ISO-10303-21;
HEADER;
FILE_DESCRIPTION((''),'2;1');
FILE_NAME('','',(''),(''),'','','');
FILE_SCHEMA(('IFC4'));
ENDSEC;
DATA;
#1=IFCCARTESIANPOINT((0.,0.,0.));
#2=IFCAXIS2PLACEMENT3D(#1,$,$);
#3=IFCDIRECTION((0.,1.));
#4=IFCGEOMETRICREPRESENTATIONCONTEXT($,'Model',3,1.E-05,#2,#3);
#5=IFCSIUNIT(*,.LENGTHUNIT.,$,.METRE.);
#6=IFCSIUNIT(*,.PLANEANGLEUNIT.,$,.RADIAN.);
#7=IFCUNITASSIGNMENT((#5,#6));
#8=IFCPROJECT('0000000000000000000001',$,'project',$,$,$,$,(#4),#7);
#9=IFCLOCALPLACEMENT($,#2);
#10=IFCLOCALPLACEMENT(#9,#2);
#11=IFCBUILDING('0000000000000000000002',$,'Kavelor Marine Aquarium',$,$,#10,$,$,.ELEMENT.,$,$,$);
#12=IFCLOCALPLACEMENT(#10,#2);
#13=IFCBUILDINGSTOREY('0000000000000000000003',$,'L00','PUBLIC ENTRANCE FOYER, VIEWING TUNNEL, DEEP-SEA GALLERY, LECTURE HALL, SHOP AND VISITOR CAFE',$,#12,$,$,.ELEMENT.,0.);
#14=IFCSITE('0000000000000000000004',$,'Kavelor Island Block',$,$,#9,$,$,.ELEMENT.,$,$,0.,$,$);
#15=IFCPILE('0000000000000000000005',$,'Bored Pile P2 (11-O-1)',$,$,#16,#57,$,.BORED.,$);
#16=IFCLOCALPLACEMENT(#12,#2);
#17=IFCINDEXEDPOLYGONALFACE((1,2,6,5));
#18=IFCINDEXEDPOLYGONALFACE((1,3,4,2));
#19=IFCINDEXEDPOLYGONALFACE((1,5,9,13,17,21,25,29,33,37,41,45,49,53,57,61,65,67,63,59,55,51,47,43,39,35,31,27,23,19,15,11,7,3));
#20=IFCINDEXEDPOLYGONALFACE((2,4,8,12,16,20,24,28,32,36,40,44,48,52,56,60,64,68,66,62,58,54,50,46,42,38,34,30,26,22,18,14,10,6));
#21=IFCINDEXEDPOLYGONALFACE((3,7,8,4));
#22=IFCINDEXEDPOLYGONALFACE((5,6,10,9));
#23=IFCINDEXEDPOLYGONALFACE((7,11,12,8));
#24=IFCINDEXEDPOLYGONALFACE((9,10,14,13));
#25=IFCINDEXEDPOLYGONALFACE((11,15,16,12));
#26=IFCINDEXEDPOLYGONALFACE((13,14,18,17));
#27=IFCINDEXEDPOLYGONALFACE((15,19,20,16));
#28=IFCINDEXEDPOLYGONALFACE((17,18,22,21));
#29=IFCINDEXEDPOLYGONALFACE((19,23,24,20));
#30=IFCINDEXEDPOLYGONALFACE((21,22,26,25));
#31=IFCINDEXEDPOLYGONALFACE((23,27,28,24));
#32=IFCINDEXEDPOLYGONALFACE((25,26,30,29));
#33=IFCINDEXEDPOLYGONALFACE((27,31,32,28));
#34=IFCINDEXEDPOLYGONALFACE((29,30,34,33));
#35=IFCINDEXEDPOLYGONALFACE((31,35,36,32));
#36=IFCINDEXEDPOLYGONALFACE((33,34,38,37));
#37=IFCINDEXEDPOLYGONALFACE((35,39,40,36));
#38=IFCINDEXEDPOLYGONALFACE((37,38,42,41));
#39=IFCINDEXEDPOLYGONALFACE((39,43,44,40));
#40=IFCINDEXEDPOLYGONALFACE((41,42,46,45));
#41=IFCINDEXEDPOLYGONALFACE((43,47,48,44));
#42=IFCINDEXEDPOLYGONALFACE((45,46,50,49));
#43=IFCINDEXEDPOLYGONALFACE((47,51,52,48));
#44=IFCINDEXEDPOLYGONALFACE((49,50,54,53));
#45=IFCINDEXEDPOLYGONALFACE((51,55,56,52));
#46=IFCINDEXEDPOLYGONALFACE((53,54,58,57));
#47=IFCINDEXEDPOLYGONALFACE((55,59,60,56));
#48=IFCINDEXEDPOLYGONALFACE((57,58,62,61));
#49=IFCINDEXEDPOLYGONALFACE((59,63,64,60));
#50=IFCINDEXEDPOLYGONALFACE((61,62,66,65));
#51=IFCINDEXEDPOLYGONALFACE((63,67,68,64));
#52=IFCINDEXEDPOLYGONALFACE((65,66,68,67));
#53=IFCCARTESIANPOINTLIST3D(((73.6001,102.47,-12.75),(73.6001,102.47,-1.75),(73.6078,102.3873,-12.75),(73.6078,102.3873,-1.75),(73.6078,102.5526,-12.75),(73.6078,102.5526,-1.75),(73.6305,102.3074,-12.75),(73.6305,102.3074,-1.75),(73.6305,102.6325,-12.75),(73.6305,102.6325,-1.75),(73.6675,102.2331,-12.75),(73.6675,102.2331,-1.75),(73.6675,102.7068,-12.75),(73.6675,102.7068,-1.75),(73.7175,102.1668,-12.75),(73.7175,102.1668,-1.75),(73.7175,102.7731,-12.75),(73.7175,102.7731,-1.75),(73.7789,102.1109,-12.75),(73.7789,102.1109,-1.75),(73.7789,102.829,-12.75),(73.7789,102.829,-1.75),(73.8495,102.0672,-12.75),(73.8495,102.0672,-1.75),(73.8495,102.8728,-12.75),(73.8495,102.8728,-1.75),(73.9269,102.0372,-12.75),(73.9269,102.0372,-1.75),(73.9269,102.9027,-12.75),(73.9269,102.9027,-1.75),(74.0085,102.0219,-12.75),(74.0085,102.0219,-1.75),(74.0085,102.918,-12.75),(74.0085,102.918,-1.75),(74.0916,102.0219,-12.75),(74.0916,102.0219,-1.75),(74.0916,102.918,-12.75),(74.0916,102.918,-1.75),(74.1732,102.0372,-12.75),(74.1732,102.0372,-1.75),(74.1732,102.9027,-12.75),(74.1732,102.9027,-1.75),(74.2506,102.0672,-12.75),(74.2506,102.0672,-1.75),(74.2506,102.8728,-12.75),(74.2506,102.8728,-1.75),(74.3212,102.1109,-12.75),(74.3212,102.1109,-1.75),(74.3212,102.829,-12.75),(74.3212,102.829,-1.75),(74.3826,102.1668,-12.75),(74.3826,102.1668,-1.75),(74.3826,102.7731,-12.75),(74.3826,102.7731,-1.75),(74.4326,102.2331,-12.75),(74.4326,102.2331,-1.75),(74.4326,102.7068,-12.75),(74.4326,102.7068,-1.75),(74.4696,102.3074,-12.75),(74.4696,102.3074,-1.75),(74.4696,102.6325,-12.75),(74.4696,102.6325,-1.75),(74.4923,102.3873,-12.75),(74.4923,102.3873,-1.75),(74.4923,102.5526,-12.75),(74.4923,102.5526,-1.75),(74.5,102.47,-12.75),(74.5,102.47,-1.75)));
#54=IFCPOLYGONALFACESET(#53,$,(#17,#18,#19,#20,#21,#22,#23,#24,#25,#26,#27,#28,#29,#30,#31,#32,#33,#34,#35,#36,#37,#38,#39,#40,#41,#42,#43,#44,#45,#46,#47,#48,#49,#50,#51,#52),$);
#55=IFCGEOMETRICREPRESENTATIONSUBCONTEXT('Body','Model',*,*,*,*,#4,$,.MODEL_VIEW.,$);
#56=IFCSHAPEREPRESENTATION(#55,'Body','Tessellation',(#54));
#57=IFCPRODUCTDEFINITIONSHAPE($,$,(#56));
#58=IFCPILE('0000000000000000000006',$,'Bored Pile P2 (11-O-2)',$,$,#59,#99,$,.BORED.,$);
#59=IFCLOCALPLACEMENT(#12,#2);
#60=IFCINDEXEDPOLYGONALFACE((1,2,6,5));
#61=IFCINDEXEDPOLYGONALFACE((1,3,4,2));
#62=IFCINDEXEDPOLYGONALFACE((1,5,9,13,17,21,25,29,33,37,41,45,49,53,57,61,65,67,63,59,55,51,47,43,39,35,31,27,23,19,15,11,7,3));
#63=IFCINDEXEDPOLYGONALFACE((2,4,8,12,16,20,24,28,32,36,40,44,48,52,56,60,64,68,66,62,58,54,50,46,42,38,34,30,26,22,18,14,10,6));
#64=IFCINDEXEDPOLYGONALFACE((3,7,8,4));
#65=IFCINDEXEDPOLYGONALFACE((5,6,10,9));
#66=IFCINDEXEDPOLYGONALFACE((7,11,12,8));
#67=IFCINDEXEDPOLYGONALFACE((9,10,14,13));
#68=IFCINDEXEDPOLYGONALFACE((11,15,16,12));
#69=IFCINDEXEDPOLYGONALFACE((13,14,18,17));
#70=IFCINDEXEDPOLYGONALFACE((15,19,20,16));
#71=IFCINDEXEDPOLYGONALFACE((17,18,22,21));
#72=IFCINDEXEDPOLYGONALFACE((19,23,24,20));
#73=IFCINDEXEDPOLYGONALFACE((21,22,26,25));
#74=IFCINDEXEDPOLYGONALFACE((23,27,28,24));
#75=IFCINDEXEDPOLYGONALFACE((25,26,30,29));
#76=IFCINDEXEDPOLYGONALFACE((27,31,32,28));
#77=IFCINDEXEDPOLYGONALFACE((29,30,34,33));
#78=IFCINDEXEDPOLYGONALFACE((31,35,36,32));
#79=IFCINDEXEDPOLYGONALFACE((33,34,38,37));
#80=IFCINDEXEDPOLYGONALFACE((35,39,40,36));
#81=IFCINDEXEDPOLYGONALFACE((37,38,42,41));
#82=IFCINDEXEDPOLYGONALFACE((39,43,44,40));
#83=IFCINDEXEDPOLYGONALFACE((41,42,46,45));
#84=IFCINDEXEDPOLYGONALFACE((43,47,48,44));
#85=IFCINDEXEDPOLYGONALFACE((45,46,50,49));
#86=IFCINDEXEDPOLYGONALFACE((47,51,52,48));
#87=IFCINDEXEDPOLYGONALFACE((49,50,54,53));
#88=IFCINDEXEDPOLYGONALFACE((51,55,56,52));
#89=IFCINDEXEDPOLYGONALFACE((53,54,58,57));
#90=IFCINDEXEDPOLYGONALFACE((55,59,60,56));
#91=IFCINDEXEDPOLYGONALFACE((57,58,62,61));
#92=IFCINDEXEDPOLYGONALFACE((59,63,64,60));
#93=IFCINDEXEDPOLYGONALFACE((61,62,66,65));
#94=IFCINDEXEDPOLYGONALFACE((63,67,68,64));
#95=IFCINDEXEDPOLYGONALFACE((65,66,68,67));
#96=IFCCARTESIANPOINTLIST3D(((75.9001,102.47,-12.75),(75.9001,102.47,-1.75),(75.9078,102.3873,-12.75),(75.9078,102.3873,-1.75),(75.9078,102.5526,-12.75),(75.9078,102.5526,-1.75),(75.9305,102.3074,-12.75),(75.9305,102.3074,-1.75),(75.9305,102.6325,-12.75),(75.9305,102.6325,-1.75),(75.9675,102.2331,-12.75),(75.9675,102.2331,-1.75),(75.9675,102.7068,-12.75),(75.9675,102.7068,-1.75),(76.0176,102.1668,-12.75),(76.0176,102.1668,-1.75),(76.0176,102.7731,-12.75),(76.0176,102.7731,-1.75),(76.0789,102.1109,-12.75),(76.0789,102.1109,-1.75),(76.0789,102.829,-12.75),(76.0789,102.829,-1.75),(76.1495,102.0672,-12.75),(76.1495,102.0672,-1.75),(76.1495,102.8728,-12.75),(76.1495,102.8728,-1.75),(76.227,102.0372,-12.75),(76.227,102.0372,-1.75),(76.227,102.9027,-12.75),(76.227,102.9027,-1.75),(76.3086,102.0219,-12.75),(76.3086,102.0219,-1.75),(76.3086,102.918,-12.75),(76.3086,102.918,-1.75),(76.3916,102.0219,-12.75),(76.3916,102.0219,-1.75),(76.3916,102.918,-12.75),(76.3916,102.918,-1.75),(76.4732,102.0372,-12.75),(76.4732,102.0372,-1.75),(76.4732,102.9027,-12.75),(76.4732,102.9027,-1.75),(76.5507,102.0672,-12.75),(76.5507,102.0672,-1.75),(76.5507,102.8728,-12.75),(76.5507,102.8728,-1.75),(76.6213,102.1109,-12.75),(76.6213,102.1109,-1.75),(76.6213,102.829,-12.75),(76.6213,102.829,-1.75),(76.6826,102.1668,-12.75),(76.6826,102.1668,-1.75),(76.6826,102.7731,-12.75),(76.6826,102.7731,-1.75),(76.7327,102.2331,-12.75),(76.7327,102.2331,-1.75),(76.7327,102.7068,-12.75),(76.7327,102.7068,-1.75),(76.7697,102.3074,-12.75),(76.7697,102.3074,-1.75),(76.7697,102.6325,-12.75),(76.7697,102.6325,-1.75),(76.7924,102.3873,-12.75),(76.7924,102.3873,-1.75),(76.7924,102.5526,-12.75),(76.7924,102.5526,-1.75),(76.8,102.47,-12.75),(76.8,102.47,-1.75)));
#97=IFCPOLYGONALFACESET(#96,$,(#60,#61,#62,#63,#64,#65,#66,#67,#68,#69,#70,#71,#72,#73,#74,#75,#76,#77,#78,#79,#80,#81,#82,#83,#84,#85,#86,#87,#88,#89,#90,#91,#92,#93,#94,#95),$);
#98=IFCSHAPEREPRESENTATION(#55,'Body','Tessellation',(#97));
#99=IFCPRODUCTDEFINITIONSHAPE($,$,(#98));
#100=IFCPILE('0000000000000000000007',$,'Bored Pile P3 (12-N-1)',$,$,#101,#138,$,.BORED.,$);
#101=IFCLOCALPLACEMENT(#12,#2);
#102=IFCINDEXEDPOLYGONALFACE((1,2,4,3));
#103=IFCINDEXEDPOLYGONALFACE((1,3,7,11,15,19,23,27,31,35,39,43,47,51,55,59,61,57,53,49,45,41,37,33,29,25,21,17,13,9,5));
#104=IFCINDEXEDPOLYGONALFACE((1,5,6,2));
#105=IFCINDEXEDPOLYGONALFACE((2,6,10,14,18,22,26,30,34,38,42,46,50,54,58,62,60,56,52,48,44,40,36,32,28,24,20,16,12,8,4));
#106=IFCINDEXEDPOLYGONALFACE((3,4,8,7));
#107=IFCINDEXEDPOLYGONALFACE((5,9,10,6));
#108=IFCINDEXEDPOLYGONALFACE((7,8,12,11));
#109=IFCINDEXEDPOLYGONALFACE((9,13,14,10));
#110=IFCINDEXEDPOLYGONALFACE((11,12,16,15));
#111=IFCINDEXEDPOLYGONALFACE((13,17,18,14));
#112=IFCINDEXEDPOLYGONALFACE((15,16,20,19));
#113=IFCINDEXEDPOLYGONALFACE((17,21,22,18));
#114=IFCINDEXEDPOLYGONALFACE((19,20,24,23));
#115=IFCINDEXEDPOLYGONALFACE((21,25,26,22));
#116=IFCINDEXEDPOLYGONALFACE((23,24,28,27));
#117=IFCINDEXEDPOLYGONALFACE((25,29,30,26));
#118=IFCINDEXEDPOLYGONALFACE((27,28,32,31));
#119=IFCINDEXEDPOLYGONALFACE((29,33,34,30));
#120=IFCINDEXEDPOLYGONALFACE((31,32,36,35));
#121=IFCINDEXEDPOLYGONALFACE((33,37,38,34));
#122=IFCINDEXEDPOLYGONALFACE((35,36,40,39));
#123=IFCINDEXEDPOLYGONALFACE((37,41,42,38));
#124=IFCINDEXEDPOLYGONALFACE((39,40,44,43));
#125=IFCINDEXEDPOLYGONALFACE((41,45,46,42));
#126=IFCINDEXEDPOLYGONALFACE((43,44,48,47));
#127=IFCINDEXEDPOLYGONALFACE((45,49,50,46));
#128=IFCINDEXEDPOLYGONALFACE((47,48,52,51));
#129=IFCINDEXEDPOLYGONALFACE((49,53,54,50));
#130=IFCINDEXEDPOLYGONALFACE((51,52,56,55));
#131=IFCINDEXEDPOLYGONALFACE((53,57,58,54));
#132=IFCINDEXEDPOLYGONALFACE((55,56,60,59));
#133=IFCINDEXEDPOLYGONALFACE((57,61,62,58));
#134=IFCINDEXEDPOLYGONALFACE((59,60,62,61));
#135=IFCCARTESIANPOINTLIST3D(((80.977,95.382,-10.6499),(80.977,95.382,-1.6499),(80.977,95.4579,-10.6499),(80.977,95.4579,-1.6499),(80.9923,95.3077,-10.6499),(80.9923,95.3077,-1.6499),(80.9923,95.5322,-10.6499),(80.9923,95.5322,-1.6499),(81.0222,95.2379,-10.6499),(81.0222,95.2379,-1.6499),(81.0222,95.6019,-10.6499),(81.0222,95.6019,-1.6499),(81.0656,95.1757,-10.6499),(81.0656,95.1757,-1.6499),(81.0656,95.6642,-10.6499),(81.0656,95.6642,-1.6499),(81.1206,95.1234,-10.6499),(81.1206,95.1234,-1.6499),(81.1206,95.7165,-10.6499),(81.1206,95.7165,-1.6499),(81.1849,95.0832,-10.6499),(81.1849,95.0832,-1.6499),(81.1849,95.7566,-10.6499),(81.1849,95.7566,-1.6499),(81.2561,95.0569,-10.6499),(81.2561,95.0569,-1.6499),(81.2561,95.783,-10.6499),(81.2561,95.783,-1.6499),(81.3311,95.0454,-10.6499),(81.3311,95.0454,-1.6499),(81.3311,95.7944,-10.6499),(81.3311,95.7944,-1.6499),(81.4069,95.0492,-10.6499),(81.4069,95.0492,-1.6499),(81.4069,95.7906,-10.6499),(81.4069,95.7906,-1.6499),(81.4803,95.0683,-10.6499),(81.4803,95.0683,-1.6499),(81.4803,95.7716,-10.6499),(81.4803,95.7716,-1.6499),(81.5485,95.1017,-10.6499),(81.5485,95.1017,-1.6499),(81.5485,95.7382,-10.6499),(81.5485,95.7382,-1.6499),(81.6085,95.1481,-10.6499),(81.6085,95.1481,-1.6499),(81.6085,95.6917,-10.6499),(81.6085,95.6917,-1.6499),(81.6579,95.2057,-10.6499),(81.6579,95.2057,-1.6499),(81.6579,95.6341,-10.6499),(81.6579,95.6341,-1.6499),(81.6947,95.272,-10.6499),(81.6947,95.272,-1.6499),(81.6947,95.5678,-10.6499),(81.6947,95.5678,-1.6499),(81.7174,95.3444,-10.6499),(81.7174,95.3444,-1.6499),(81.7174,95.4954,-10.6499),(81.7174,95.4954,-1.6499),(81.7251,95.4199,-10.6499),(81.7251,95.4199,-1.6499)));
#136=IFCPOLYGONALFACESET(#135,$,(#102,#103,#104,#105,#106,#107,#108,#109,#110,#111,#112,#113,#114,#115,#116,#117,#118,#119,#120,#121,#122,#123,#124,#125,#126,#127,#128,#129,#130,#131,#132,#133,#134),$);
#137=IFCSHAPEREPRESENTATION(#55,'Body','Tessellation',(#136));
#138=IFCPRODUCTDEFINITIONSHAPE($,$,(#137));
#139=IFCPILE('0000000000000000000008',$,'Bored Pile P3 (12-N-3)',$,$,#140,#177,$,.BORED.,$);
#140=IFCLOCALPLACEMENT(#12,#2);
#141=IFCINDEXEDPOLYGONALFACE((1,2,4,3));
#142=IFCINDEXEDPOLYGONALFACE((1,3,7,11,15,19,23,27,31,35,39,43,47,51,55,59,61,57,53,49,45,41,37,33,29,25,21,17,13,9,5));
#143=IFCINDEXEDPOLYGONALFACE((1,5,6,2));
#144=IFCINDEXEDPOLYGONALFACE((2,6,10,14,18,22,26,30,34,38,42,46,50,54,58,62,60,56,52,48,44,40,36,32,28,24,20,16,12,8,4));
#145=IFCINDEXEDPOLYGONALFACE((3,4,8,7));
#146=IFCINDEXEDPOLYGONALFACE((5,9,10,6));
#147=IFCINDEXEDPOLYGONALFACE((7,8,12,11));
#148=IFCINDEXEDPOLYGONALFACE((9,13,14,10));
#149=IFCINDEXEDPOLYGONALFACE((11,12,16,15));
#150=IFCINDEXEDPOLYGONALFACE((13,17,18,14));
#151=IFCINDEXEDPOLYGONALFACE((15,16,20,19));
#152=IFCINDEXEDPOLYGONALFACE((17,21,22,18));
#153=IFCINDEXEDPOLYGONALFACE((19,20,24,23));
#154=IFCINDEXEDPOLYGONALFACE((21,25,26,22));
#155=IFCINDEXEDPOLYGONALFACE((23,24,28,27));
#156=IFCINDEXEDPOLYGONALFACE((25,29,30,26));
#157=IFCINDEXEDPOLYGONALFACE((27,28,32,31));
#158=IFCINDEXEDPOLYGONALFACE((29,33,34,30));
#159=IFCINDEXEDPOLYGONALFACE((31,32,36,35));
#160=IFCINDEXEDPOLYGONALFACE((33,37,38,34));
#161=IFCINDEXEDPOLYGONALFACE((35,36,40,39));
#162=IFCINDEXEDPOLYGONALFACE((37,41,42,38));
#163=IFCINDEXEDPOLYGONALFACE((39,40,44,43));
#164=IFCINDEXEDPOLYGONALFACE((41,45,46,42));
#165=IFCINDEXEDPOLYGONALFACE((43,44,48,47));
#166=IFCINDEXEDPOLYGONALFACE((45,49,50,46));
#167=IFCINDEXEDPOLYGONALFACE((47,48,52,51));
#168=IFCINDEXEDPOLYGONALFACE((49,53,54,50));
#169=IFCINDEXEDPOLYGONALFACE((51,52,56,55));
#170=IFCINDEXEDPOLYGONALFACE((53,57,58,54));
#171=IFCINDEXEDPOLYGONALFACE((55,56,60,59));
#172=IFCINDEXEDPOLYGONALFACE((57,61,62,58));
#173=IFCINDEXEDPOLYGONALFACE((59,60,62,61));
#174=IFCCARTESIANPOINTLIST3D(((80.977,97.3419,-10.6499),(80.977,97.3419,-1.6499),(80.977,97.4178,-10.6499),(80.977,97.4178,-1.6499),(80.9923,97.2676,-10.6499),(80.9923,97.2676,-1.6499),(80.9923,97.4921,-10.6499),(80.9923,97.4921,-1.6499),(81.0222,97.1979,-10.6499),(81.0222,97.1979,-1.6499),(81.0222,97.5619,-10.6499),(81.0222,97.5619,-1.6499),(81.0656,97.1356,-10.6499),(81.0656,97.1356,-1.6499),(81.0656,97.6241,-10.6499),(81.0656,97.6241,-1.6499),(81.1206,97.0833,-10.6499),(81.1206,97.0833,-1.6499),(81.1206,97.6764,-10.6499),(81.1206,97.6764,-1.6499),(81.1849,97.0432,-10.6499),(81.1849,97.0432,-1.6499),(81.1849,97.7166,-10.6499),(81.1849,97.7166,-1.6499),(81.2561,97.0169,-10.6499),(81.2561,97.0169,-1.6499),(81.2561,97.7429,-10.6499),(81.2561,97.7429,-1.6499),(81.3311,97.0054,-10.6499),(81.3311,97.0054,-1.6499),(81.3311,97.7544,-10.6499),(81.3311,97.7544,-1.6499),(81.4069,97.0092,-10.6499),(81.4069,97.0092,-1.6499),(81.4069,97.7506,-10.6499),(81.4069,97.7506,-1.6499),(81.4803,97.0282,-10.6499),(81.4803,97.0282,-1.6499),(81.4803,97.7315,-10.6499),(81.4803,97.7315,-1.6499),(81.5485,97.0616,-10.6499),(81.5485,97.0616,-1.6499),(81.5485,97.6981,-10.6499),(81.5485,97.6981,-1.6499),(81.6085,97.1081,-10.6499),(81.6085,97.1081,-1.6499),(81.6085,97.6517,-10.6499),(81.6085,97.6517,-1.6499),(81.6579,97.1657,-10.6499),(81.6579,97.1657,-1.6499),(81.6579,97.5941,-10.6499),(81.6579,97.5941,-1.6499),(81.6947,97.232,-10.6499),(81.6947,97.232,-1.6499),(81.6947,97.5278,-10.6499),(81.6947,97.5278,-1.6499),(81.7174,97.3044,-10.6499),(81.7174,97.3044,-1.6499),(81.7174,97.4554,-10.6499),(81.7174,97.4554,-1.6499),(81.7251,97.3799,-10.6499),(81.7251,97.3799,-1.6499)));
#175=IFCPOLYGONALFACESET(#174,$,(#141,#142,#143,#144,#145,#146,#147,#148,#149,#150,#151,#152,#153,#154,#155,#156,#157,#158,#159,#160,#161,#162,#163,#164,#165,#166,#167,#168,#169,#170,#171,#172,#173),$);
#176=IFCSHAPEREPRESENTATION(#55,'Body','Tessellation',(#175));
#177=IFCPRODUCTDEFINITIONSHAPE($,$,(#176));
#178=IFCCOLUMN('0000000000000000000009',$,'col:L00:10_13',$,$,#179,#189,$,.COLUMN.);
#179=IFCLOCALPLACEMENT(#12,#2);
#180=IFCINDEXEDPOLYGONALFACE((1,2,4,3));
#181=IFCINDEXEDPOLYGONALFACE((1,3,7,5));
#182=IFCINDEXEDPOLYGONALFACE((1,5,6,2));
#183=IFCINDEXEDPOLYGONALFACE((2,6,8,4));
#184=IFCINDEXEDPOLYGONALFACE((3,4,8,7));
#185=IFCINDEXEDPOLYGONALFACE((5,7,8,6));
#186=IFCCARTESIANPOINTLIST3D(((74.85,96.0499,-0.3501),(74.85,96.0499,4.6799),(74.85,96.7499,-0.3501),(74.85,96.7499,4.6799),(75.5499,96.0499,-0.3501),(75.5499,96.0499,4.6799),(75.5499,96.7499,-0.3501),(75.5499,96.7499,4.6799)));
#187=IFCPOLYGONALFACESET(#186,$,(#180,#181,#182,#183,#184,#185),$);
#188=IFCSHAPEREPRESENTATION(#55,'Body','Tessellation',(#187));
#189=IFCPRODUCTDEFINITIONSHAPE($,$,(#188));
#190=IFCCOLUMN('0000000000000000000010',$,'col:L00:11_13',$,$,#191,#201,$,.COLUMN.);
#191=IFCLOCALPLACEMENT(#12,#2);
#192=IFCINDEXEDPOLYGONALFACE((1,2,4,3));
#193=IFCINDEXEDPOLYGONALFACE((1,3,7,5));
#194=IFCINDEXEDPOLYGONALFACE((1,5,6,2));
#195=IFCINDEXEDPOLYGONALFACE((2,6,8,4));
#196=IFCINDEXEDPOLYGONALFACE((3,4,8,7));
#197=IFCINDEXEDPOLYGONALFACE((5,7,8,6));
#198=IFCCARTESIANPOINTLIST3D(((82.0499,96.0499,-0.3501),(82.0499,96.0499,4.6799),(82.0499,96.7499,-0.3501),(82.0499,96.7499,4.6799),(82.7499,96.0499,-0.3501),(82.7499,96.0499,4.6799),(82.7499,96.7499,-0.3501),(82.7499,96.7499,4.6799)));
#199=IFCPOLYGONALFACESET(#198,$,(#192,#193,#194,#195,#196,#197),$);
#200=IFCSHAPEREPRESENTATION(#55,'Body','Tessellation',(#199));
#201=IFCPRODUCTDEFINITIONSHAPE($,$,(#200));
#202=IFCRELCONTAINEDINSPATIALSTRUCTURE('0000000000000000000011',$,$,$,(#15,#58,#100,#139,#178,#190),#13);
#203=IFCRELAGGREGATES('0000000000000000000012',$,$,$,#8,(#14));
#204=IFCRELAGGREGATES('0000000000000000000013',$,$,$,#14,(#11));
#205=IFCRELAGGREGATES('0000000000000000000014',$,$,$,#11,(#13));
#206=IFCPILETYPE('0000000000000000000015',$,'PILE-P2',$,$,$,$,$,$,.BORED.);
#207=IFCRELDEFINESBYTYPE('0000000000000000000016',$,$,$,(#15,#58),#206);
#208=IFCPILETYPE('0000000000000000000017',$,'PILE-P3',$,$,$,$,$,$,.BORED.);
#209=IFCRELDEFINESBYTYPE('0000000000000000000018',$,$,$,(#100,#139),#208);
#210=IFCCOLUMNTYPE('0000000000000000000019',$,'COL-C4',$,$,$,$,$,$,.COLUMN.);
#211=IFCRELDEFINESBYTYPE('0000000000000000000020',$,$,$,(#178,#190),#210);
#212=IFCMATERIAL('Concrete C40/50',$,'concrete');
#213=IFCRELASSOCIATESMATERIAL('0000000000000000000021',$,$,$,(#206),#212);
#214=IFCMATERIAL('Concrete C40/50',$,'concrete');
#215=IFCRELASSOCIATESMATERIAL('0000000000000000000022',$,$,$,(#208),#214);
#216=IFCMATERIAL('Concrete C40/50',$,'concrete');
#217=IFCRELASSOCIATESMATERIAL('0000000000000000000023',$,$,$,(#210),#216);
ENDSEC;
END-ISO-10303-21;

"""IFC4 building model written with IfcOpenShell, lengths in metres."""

from ifc_helpers import new_model, si_unit, direction, frame, origin, origin_2d, place, context, subcontext, project, spatial, rectangle, circle, extrude, material, material_profile, profile_set, type_object, element, save


model = new_model("IFC4")

# Units and contexts
model_context = context("Model", 3, precision=1e-05, world=origin(), true_north=direction((0.0, 1.0)))
body_context = subcontext(model_context, "Body", "Model", "MODEL_VIEW")
ifc_project = project(units=[si_unit("LENGTHUNIT", "METRE"), si_unit("PLANEANGLEUNIT", "RADIAN")], contexts=[model_context])

# Site, building, storey
site_placement = place(None, origin())
site = spatial("IfcSite", under=ifc_project, at=site_placement, Name="Kavelor Island Block", CompositionType="ELEMENT", RefElevation=0.0)
building_placement = place(site_placement, origin())
building = spatial("IfcBuilding", under=site, at=building_placement, Name="Kavelor Marine Aquarium", CompositionType="ELEMENT")
storey_placement = place(building_placement, origin())
storey = spatial("IfcBuildingStorey", under=building, at=storey_placement, Name="L00", Description="PUBLIC ENTRANCE FOYER, VIEWING TUNNEL, DEEP-SEA GALLERY, LECTURE HALL, SHOP AND VISITOR CAFE", CompositionType="ELEMENT", Elevation=0.0)

# Piles
ifc_material_1 = material(Name="Concrete C40/50", Category="concrete")
ifc_material_profile_1 = material_profile(ifc_material_1, circle(Radius=0.45, at=origin_2d()), Name="PILE D900")
ifc_profile_set_1 = profile_set([ifc_material_profile_1], Name="Concrete C40/50")
pile_type_1 = type_object("IfcPileType", Name="PILE-P2", PredefinedType="BORED", material=ifc_profile_set_1)
for number, where, z_axis, x_axis, name in (
    (1, (74.05, 102.47, -1.75), (0.0, 0.0, -1.0), (1.0, 0.0, 0.0), "Bored Pile P2 (11-O-1)"),
    (2, (76.3501, 102.47, -1.75), (0.0, 0.0, -1.0), (1.0, 0.0, 0.0), "Bored Pile P2 (11-O-2)"),
):
    element("IfcPile", number, at=place(storey_placement, frame(where, z_axis=z_axis, x_axis=x_axis)), inside=storey, type_object=pile_type_1, Name=name, PredefinedType="BORED", context=body_context, shape_type="SweptSolid", body=[
        extrude(circle(Radius=0.45, at=origin_2d()), origin(), (0.0, 0.0, 1.0), 11.0),
    ])
ifc_material_2 = material(Name="Concrete C40/50", Category="concrete")
ifc_material_profile_2 = material_profile(ifc_material_2, circle(Radius=0.375, at=origin_2d()), Name="PILE D750")
ifc_profile_set_2 = profile_set([ifc_material_profile_2], Name="Concrete C40/50")
pile_type_2 = type_object("IfcPileType", Name="PILE-P3", PredefinedType="BORED", material=ifc_profile_set_2)
for number, where, z_axis, x_axis, name in (
    (3, (81.3501, 95.4199, -1.6499), (0.0, 0.0, -1.0), (1.0, 0.0, 0.0), "Bored Pile P3 (12-N-1)"),
    (4, (81.3501, 97.3799, -1.6499), (0.0, 0.0, -1.0), (1.0, 0.0, 0.0), "Bored Pile P3 (12-N-3)"),
):
    element("IfcPile", number, at=place(storey_placement, frame(where, z_axis=z_axis, x_axis=x_axis)), inside=storey, type_object=pile_type_2, Name=name, PredefinedType="BORED", context=body_context, shape_type="SweptSolid", body=[
        extrude(circle(Radius=0.375, at=origin_2d()), origin(), (0.0, 0.0, 1.0), 9.0),
    ])

# Columns
ifc_material_3 = material(Name="Concrete C40/50", Category="concrete")
ifc_material_profile_3 = material_profile(ifc_material_3, rectangle(XDim=0.7, YDim=0.7, at=origin_2d()), Name="RC-COL 700x700")
ifc_profile_set_3 = profile_set([ifc_material_profile_3], Name="Concrete C40/50")
column_type = type_object("IfcColumnType", Name="COL-C4", PredefinedType="COLUMN", material=ifc_profile_set_3)
for number, where, z_axis, x_axis, name in (
    (5, (75.2, 96.3999, -0.3501), (0.0, 0.0, 1.0), (1.0, 0.0, 0.0), "col:L00:10_13"),
    (6, (82.3999, 96.3999, -0.3501), (0.0, 0.0, 1.0), (1.0, 0.0, 0.0), "col:L00:11_13"),
):
    element("IfcColumn", number, at=place(storey_placement, frame(where, z_axis=z_axis, x_axis=x_axis)), inside=storey, type_object=column_type, Name=name, PredefinedType="COLUMN", context=body_context, shape_type="SweptSolid", body=[
        extrude(rectangle(XDim=0.7, YDim=0.7, at=origin_2d()), origin(), (0.0, 0.0, 1.0), 5.03),
    ])

save(model, "model.ifc")
